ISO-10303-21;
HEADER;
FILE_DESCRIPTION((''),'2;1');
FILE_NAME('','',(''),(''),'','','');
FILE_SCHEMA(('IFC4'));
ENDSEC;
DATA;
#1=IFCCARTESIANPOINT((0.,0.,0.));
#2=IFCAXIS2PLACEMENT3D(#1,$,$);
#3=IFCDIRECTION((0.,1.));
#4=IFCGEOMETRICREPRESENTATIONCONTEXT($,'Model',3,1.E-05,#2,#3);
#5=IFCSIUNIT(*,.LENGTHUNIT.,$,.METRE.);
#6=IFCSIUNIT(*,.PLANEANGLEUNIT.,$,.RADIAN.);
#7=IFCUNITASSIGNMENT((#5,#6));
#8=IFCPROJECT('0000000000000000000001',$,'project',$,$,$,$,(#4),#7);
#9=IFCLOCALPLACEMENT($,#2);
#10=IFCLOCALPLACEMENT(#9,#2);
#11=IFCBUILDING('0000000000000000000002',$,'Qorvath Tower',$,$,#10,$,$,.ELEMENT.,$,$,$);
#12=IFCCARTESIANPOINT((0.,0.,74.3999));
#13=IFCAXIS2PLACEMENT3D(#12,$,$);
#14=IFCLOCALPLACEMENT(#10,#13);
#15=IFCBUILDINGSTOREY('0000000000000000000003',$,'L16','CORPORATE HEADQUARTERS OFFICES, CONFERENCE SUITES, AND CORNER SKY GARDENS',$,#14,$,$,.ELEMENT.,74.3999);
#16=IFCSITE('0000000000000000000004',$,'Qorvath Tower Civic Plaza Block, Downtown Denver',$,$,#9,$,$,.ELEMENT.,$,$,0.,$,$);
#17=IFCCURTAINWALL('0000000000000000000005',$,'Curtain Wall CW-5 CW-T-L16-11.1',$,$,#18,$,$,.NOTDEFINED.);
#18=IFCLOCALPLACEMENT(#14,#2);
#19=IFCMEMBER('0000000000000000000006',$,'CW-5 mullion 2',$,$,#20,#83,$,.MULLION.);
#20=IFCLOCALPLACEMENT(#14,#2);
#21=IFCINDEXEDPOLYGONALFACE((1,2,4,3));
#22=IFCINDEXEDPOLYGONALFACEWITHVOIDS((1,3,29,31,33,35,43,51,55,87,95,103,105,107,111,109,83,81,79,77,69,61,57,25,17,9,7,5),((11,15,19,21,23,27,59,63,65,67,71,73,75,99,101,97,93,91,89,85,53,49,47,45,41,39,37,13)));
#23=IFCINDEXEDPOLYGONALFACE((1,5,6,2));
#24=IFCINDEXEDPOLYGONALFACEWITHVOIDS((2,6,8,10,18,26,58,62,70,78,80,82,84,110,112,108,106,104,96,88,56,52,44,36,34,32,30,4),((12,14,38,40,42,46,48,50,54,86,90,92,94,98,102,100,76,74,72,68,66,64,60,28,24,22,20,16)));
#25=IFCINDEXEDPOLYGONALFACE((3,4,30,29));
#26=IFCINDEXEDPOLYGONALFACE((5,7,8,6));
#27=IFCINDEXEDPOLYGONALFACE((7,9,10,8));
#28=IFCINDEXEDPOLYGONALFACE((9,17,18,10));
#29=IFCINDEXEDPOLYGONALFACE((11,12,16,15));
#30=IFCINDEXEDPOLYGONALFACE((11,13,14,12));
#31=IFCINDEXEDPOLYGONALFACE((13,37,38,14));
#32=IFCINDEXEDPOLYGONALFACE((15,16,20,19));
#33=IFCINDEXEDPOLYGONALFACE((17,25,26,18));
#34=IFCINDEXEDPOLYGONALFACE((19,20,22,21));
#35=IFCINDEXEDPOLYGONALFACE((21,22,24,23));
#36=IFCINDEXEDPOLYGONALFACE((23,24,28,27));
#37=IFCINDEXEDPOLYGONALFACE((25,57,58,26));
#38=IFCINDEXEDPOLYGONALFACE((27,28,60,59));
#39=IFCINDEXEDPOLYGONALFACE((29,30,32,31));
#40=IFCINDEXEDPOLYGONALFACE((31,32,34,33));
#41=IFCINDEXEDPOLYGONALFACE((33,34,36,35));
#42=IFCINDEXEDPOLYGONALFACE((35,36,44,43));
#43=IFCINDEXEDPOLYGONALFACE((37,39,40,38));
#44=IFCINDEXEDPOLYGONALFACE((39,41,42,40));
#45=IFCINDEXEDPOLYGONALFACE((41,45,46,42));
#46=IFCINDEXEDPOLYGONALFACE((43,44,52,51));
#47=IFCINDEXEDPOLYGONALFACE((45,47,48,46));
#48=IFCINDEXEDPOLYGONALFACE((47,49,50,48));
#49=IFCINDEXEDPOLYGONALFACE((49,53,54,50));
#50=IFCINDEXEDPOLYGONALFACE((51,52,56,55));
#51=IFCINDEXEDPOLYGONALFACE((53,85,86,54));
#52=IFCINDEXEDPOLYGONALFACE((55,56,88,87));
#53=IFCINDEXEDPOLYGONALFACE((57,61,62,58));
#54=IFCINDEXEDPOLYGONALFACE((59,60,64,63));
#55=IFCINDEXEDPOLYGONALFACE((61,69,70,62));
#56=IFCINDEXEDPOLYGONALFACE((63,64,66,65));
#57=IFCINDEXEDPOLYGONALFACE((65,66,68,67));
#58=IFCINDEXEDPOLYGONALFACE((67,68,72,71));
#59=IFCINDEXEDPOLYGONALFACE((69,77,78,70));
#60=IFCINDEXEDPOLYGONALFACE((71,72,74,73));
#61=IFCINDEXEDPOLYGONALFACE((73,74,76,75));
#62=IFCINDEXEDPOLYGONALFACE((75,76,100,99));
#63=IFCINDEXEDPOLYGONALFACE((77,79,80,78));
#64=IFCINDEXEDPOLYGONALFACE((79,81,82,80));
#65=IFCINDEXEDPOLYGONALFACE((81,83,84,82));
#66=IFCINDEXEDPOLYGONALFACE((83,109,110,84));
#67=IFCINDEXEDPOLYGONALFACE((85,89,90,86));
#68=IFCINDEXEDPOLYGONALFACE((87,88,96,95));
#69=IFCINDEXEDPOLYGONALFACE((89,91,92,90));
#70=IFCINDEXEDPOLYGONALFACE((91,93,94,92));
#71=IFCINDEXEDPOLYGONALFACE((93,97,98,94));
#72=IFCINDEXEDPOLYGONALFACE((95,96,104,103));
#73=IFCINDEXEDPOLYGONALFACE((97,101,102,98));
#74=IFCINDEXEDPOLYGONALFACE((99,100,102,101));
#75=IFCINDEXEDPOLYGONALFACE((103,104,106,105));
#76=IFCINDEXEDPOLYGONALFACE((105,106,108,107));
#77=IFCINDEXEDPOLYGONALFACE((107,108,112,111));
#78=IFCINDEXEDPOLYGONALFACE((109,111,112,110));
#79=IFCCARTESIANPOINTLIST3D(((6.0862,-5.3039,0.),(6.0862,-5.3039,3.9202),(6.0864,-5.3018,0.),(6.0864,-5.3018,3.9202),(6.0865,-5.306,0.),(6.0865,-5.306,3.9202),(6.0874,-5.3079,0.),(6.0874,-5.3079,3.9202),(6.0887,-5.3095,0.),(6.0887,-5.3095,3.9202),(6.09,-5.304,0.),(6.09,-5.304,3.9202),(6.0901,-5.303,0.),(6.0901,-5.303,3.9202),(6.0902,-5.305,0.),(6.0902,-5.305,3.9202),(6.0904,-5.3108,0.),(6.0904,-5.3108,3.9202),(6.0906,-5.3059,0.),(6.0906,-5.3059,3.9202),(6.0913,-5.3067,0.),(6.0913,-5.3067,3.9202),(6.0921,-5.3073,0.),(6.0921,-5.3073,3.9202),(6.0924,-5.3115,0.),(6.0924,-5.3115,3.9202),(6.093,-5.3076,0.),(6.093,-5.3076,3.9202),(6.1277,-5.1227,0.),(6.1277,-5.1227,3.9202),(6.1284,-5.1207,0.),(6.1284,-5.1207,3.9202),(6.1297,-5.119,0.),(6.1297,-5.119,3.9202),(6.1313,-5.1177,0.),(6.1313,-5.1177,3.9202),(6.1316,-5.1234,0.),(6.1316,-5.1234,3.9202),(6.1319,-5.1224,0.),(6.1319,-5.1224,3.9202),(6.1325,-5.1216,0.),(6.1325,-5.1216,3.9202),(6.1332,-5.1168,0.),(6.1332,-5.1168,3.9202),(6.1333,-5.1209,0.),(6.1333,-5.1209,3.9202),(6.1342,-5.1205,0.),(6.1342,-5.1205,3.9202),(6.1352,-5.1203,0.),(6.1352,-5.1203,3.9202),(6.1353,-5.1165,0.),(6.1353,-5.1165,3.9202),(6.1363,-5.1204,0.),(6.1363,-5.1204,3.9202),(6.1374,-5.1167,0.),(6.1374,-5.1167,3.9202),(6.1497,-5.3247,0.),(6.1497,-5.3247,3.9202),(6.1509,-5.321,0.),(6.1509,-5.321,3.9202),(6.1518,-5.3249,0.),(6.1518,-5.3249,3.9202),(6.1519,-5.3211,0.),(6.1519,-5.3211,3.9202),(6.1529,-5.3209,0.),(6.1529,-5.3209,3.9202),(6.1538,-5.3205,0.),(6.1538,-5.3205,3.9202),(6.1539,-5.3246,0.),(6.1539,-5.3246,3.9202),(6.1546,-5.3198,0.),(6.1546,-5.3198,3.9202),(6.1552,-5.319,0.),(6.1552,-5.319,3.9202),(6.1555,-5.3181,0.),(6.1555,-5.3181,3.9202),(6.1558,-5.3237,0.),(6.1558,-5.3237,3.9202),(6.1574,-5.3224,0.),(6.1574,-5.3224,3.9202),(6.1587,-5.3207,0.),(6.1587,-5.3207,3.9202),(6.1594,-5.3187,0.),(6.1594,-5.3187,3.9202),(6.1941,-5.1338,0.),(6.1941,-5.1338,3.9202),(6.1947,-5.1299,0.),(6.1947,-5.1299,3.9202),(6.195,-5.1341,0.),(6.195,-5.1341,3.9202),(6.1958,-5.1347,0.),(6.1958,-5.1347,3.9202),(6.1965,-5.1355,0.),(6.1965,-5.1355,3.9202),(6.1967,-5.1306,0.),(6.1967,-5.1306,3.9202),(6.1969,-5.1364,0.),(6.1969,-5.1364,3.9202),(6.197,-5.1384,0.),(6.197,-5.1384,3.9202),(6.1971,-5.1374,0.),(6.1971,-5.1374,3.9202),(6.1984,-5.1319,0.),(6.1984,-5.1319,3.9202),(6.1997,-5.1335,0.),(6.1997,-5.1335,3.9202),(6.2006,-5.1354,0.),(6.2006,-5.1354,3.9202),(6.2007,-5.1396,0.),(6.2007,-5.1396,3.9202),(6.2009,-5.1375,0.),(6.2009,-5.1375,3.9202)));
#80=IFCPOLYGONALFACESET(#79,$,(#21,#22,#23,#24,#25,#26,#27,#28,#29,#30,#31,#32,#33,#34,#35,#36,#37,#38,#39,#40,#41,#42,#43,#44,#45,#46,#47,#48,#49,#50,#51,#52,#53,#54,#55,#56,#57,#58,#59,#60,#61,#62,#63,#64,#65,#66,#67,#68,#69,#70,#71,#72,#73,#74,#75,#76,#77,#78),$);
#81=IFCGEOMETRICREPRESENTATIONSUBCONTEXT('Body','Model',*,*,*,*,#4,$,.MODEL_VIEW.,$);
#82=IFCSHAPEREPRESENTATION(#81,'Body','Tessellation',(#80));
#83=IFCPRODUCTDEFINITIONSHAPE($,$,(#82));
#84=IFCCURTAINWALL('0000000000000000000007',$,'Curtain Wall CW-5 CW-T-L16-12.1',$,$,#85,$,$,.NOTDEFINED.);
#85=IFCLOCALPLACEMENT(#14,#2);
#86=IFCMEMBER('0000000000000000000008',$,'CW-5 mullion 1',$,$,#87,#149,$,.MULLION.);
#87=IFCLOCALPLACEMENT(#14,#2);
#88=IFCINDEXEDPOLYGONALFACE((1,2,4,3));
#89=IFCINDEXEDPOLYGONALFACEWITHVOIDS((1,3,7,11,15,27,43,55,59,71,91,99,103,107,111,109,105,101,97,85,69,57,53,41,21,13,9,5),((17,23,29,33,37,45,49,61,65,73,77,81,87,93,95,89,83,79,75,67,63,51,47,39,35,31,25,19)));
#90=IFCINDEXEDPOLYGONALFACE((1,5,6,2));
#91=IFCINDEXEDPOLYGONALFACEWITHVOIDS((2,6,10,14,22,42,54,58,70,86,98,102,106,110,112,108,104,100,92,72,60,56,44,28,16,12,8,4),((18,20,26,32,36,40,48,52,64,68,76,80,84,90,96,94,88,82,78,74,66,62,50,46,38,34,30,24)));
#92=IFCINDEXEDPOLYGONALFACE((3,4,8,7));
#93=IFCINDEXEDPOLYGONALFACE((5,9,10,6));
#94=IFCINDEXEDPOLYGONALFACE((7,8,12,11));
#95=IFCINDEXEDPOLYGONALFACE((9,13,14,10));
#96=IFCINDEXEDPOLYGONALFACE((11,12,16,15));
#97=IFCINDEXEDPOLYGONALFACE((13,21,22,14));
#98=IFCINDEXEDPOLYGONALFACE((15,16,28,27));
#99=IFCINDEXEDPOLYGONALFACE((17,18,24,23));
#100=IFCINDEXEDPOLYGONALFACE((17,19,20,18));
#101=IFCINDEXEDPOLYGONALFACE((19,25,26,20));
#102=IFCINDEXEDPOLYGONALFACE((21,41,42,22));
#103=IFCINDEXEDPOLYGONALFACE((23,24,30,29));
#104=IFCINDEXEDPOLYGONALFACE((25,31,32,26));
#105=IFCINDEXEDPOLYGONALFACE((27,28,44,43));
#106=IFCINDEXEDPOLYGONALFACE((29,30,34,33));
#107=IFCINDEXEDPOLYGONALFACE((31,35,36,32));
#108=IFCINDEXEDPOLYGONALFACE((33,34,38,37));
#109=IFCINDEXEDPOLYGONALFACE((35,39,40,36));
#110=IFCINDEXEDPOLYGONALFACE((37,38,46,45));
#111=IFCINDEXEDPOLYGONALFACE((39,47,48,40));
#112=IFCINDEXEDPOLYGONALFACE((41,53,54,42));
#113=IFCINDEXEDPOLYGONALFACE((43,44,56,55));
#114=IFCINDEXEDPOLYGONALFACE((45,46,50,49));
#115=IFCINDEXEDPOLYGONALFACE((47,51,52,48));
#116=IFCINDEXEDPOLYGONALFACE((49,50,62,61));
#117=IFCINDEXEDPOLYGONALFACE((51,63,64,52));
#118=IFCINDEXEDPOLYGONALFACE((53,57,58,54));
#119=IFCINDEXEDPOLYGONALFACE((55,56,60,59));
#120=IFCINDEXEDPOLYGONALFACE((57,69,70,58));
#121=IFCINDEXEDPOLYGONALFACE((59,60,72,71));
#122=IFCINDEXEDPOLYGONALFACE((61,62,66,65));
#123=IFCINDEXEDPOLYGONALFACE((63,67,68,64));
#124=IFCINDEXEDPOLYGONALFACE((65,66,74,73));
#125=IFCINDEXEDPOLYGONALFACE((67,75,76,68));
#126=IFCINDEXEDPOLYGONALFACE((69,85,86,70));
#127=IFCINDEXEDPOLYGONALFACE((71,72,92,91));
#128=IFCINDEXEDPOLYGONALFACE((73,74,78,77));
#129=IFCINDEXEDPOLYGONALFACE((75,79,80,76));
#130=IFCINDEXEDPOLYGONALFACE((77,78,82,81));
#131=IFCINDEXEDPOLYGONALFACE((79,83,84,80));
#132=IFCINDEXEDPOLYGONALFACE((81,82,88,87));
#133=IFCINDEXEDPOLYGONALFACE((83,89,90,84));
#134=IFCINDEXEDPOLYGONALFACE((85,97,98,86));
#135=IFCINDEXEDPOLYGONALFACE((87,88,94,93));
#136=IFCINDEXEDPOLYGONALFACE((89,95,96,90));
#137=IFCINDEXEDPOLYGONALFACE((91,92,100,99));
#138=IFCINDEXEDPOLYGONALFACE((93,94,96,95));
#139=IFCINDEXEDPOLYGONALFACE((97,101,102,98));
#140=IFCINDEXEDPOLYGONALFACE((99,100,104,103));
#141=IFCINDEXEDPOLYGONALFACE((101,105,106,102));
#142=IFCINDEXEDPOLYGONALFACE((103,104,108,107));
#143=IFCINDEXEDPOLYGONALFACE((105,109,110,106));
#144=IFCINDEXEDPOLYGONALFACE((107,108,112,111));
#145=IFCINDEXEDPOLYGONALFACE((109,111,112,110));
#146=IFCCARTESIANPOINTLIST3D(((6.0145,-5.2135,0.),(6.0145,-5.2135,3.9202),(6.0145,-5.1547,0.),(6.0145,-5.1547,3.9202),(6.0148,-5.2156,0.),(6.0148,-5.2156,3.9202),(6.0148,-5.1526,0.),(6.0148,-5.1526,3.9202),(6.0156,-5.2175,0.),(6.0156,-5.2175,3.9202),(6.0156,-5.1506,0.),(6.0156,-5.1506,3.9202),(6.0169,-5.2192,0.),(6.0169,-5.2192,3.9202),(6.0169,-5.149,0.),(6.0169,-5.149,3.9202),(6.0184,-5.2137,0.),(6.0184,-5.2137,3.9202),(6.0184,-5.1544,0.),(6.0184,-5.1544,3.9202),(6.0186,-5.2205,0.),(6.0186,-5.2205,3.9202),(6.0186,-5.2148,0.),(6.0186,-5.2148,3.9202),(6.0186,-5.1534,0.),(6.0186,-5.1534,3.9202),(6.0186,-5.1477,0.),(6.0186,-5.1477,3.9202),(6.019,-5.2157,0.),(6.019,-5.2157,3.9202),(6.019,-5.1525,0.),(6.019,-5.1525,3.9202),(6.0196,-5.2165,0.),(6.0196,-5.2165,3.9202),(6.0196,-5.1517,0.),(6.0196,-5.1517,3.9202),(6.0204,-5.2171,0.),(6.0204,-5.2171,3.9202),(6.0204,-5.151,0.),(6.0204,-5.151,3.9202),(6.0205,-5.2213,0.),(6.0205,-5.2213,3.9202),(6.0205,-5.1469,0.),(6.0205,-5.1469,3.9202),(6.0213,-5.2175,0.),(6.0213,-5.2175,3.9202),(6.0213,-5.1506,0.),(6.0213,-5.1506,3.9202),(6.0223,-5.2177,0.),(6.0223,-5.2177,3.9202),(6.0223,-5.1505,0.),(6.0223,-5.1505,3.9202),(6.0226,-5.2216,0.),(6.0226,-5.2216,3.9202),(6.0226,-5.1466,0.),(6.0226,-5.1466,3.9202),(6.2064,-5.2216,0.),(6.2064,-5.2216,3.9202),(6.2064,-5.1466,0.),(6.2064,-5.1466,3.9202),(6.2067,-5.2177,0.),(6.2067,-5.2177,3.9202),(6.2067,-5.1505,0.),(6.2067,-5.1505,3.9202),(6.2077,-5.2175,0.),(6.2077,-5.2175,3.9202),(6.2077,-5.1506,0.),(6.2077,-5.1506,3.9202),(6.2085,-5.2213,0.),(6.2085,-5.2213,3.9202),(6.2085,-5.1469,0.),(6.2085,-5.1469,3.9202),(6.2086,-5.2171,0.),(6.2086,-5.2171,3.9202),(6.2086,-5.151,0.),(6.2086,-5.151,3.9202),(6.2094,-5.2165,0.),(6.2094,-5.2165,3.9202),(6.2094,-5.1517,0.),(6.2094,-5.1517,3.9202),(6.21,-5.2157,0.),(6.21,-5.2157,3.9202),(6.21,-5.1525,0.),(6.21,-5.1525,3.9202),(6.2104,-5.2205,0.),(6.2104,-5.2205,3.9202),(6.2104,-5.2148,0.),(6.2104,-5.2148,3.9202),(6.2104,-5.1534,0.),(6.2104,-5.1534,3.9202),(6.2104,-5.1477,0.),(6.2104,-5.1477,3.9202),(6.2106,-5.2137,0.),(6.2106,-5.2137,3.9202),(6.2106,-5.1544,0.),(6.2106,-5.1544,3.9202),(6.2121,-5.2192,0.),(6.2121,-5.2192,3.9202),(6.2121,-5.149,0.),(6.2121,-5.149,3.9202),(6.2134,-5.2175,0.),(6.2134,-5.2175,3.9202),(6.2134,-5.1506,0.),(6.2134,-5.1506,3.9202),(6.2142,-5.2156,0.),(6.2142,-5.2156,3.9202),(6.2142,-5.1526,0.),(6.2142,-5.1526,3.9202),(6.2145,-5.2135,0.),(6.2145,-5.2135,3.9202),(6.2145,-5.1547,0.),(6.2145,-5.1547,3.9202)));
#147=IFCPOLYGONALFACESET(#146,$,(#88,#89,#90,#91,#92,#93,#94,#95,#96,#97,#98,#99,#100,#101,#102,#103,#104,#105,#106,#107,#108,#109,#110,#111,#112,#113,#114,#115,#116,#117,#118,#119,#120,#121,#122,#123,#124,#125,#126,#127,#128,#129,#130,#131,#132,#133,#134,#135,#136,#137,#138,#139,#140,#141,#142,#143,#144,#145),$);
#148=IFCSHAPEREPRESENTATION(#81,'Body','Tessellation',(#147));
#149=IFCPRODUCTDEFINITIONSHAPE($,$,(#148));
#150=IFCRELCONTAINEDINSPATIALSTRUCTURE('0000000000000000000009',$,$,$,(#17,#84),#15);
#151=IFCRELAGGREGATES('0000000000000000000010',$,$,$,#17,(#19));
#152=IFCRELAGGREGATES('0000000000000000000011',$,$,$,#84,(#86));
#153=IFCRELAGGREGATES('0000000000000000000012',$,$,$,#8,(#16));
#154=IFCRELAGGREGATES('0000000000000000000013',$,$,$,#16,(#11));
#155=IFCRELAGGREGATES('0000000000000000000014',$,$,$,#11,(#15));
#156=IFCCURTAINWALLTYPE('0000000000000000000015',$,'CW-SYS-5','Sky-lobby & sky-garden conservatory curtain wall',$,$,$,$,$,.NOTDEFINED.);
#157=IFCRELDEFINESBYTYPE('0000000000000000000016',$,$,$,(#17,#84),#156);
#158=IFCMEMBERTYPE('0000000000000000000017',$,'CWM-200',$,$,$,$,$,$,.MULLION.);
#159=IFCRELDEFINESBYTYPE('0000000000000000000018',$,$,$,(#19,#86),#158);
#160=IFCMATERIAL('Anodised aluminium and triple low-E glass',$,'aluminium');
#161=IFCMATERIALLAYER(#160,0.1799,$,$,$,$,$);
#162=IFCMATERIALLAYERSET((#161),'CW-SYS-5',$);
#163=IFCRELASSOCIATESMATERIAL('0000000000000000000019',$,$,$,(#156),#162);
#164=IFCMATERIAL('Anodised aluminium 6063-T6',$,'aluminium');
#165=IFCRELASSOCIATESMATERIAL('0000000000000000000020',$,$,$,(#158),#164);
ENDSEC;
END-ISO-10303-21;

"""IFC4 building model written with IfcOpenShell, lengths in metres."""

from ifc_helpers import new_model, si_unit, direction, frame, origin, origin_2d, place, context, subcontext, project, spatial, hollow_rectangle, extrude, material, layer, layer_set, material_profile, profile_set, type_object, element, aggregate, save


model = new_model("IFC4")

# Units and contexts
model_context = context("Model", 3, precision=1e-05, world=origin(), true_north=direction((0.0, 1.0)))
body_context = subcontext(model_context, "Body", "Model", "MODEL_VIEW")
ifc_project = project(units=[si_unit("LENGTHUNIT", "METRE"), si_unit("PLANEANGLEUNIT", "RADIAN")], contexts=[model_context])

# Site, building, storey
site_placement = place(None, origin())
site = spatial("IfcSite", under=ifc_project, at=site_placement, Name="Qorvath Tower Civic Plaza Block, Downtown Denver", CompositionType="ELEMENT", RefElevation=0.0)
building_placement = place(site_placement, origin())
building = spatial("IfcBuilding", under=site, at=building_placement, Name="Qorvath Tower", CompositionType="ELEMENT")
storey_placement = place(building_placement, frame((0.0, 0.0, 74.3999)))
storey = spatial("IfcBuildingStorey", under=building, at=storey_placement, Name="L16", Description="CORPORATE HEADQUARTERS OFFICES, CONFERENCE SUITES, AND CORNER SKY GARDENS", CompositionType="ELEMENT", Elevation=74.3999)

# Curtain wall, member
ifc_material_1 = material(Name="Anodised aluminium and triple low-E glass", Category="aluminium")
ifc_layer_1 = layer(ifc_material_1, 0.1799)
ifc_layer_set_1 = layer_set([ifc_layer_1], Name="CW-SYS-5")
curtain_wall_type = type_object("IfcCurtainWallType", Name="CW-SYS-5", Description="Sky-lobby & sky-garden conservatory curtain wall", PredefinedType="NOTDEFINED", material=ifc_layer_set_1)
curtain_wall_1_placement = place(storey_placement, origin())
curtain_wall_1 = element("IfcCurtainWall", 1, at=curtain_wall_1_placement, inside=storey, type_object=curtain_wall_type, Name="Curtain Wall CW-5 CW-T-L16-11.1", PredefinedType="NOTDEFINED")
ifc_material_2 = material(Name="Anodised aluminium 6063-T6", Category="aluminium")
ifc_material_profile_1 = material_profile(ifc_material_2, hollow_rectangle(XDim=0.075, YDim=0.2, WallThickness=0.0039, InnerFilletRadius=0.0039, OuterFilletRadius=0.0081, at=origin_2d()), Name="CWM 200x75")
ifc_profile_set_1 = profile_set([ifc_material_profile_1], Name="Anodised aluminium 6063-T6")
member_type_1 = type_object("IfcMemberType", Name="CWM-200", PredefinedType="MULLION", material=ifc_profile_set_1)
member_1_placement = place(storey_placement, frame((6.1436, -5.2207, 0.0), z_axis=(0.0, 0.0, 1.0), x_axis=(-0.974388, 0.224872, 0.0)))
member_1 = element("IfcMember", 2, at=member_1_placement, type_object=member_type_1, Name="CW-5 mullion 2", PredefinedType="MULLION", context=body_context, shape_type="SweptSolid", body=[
    extrude(hollow_rectangle(XDim=0.075, YDim=0.2, WallThickness=0.0039, InnerFilletRadius=0.0039, OuterFilletRadius=0.0081, at=origin_2d()), origin(), (0.0, 0.0, 1.0), 3.9202),
])
aggregate(curtain_wall_1, [member_1])

# Curtain wall, member
curtain_wall_2_placement = place(storey_placement, origin())
curtain_wall_2 = element("IfcCurtainWall", 3, at=curtain_wall_2_placement, inside=storey, type_object=curtain_wall_type, Name="Curtain Wall CW-5 CW-T-L16-12.1", PredefinedType="NOTDEFINED")
member_2_placement = place(storey_placement, frame((6.1145, -5.1841, 0.0), z_axis=(0.0, 0.0, 1.0), x_axis=(0.0, -1.0, 0.0)))
member_2 = element("IfcMember", 4, at=member_2_placement, type_object=member_type_1, Name="CW-5 mullion 1", PredefinedType="MULLION", context=body_context, shape_type="SweptSolid", body=[
    extrude(hollow_rectangle(XDim=0.075, YDim=0.2, WallThickness=0.0039, InnerFilletRadius=0.0039, OuterFilletRadius=0.0081, at=origin_2d()), origin(), (0.0, 0.0, 1.0), 3.9202),
])

aggregate(curtain_wall_2, [member_2])

save(model, "model.ifc")
